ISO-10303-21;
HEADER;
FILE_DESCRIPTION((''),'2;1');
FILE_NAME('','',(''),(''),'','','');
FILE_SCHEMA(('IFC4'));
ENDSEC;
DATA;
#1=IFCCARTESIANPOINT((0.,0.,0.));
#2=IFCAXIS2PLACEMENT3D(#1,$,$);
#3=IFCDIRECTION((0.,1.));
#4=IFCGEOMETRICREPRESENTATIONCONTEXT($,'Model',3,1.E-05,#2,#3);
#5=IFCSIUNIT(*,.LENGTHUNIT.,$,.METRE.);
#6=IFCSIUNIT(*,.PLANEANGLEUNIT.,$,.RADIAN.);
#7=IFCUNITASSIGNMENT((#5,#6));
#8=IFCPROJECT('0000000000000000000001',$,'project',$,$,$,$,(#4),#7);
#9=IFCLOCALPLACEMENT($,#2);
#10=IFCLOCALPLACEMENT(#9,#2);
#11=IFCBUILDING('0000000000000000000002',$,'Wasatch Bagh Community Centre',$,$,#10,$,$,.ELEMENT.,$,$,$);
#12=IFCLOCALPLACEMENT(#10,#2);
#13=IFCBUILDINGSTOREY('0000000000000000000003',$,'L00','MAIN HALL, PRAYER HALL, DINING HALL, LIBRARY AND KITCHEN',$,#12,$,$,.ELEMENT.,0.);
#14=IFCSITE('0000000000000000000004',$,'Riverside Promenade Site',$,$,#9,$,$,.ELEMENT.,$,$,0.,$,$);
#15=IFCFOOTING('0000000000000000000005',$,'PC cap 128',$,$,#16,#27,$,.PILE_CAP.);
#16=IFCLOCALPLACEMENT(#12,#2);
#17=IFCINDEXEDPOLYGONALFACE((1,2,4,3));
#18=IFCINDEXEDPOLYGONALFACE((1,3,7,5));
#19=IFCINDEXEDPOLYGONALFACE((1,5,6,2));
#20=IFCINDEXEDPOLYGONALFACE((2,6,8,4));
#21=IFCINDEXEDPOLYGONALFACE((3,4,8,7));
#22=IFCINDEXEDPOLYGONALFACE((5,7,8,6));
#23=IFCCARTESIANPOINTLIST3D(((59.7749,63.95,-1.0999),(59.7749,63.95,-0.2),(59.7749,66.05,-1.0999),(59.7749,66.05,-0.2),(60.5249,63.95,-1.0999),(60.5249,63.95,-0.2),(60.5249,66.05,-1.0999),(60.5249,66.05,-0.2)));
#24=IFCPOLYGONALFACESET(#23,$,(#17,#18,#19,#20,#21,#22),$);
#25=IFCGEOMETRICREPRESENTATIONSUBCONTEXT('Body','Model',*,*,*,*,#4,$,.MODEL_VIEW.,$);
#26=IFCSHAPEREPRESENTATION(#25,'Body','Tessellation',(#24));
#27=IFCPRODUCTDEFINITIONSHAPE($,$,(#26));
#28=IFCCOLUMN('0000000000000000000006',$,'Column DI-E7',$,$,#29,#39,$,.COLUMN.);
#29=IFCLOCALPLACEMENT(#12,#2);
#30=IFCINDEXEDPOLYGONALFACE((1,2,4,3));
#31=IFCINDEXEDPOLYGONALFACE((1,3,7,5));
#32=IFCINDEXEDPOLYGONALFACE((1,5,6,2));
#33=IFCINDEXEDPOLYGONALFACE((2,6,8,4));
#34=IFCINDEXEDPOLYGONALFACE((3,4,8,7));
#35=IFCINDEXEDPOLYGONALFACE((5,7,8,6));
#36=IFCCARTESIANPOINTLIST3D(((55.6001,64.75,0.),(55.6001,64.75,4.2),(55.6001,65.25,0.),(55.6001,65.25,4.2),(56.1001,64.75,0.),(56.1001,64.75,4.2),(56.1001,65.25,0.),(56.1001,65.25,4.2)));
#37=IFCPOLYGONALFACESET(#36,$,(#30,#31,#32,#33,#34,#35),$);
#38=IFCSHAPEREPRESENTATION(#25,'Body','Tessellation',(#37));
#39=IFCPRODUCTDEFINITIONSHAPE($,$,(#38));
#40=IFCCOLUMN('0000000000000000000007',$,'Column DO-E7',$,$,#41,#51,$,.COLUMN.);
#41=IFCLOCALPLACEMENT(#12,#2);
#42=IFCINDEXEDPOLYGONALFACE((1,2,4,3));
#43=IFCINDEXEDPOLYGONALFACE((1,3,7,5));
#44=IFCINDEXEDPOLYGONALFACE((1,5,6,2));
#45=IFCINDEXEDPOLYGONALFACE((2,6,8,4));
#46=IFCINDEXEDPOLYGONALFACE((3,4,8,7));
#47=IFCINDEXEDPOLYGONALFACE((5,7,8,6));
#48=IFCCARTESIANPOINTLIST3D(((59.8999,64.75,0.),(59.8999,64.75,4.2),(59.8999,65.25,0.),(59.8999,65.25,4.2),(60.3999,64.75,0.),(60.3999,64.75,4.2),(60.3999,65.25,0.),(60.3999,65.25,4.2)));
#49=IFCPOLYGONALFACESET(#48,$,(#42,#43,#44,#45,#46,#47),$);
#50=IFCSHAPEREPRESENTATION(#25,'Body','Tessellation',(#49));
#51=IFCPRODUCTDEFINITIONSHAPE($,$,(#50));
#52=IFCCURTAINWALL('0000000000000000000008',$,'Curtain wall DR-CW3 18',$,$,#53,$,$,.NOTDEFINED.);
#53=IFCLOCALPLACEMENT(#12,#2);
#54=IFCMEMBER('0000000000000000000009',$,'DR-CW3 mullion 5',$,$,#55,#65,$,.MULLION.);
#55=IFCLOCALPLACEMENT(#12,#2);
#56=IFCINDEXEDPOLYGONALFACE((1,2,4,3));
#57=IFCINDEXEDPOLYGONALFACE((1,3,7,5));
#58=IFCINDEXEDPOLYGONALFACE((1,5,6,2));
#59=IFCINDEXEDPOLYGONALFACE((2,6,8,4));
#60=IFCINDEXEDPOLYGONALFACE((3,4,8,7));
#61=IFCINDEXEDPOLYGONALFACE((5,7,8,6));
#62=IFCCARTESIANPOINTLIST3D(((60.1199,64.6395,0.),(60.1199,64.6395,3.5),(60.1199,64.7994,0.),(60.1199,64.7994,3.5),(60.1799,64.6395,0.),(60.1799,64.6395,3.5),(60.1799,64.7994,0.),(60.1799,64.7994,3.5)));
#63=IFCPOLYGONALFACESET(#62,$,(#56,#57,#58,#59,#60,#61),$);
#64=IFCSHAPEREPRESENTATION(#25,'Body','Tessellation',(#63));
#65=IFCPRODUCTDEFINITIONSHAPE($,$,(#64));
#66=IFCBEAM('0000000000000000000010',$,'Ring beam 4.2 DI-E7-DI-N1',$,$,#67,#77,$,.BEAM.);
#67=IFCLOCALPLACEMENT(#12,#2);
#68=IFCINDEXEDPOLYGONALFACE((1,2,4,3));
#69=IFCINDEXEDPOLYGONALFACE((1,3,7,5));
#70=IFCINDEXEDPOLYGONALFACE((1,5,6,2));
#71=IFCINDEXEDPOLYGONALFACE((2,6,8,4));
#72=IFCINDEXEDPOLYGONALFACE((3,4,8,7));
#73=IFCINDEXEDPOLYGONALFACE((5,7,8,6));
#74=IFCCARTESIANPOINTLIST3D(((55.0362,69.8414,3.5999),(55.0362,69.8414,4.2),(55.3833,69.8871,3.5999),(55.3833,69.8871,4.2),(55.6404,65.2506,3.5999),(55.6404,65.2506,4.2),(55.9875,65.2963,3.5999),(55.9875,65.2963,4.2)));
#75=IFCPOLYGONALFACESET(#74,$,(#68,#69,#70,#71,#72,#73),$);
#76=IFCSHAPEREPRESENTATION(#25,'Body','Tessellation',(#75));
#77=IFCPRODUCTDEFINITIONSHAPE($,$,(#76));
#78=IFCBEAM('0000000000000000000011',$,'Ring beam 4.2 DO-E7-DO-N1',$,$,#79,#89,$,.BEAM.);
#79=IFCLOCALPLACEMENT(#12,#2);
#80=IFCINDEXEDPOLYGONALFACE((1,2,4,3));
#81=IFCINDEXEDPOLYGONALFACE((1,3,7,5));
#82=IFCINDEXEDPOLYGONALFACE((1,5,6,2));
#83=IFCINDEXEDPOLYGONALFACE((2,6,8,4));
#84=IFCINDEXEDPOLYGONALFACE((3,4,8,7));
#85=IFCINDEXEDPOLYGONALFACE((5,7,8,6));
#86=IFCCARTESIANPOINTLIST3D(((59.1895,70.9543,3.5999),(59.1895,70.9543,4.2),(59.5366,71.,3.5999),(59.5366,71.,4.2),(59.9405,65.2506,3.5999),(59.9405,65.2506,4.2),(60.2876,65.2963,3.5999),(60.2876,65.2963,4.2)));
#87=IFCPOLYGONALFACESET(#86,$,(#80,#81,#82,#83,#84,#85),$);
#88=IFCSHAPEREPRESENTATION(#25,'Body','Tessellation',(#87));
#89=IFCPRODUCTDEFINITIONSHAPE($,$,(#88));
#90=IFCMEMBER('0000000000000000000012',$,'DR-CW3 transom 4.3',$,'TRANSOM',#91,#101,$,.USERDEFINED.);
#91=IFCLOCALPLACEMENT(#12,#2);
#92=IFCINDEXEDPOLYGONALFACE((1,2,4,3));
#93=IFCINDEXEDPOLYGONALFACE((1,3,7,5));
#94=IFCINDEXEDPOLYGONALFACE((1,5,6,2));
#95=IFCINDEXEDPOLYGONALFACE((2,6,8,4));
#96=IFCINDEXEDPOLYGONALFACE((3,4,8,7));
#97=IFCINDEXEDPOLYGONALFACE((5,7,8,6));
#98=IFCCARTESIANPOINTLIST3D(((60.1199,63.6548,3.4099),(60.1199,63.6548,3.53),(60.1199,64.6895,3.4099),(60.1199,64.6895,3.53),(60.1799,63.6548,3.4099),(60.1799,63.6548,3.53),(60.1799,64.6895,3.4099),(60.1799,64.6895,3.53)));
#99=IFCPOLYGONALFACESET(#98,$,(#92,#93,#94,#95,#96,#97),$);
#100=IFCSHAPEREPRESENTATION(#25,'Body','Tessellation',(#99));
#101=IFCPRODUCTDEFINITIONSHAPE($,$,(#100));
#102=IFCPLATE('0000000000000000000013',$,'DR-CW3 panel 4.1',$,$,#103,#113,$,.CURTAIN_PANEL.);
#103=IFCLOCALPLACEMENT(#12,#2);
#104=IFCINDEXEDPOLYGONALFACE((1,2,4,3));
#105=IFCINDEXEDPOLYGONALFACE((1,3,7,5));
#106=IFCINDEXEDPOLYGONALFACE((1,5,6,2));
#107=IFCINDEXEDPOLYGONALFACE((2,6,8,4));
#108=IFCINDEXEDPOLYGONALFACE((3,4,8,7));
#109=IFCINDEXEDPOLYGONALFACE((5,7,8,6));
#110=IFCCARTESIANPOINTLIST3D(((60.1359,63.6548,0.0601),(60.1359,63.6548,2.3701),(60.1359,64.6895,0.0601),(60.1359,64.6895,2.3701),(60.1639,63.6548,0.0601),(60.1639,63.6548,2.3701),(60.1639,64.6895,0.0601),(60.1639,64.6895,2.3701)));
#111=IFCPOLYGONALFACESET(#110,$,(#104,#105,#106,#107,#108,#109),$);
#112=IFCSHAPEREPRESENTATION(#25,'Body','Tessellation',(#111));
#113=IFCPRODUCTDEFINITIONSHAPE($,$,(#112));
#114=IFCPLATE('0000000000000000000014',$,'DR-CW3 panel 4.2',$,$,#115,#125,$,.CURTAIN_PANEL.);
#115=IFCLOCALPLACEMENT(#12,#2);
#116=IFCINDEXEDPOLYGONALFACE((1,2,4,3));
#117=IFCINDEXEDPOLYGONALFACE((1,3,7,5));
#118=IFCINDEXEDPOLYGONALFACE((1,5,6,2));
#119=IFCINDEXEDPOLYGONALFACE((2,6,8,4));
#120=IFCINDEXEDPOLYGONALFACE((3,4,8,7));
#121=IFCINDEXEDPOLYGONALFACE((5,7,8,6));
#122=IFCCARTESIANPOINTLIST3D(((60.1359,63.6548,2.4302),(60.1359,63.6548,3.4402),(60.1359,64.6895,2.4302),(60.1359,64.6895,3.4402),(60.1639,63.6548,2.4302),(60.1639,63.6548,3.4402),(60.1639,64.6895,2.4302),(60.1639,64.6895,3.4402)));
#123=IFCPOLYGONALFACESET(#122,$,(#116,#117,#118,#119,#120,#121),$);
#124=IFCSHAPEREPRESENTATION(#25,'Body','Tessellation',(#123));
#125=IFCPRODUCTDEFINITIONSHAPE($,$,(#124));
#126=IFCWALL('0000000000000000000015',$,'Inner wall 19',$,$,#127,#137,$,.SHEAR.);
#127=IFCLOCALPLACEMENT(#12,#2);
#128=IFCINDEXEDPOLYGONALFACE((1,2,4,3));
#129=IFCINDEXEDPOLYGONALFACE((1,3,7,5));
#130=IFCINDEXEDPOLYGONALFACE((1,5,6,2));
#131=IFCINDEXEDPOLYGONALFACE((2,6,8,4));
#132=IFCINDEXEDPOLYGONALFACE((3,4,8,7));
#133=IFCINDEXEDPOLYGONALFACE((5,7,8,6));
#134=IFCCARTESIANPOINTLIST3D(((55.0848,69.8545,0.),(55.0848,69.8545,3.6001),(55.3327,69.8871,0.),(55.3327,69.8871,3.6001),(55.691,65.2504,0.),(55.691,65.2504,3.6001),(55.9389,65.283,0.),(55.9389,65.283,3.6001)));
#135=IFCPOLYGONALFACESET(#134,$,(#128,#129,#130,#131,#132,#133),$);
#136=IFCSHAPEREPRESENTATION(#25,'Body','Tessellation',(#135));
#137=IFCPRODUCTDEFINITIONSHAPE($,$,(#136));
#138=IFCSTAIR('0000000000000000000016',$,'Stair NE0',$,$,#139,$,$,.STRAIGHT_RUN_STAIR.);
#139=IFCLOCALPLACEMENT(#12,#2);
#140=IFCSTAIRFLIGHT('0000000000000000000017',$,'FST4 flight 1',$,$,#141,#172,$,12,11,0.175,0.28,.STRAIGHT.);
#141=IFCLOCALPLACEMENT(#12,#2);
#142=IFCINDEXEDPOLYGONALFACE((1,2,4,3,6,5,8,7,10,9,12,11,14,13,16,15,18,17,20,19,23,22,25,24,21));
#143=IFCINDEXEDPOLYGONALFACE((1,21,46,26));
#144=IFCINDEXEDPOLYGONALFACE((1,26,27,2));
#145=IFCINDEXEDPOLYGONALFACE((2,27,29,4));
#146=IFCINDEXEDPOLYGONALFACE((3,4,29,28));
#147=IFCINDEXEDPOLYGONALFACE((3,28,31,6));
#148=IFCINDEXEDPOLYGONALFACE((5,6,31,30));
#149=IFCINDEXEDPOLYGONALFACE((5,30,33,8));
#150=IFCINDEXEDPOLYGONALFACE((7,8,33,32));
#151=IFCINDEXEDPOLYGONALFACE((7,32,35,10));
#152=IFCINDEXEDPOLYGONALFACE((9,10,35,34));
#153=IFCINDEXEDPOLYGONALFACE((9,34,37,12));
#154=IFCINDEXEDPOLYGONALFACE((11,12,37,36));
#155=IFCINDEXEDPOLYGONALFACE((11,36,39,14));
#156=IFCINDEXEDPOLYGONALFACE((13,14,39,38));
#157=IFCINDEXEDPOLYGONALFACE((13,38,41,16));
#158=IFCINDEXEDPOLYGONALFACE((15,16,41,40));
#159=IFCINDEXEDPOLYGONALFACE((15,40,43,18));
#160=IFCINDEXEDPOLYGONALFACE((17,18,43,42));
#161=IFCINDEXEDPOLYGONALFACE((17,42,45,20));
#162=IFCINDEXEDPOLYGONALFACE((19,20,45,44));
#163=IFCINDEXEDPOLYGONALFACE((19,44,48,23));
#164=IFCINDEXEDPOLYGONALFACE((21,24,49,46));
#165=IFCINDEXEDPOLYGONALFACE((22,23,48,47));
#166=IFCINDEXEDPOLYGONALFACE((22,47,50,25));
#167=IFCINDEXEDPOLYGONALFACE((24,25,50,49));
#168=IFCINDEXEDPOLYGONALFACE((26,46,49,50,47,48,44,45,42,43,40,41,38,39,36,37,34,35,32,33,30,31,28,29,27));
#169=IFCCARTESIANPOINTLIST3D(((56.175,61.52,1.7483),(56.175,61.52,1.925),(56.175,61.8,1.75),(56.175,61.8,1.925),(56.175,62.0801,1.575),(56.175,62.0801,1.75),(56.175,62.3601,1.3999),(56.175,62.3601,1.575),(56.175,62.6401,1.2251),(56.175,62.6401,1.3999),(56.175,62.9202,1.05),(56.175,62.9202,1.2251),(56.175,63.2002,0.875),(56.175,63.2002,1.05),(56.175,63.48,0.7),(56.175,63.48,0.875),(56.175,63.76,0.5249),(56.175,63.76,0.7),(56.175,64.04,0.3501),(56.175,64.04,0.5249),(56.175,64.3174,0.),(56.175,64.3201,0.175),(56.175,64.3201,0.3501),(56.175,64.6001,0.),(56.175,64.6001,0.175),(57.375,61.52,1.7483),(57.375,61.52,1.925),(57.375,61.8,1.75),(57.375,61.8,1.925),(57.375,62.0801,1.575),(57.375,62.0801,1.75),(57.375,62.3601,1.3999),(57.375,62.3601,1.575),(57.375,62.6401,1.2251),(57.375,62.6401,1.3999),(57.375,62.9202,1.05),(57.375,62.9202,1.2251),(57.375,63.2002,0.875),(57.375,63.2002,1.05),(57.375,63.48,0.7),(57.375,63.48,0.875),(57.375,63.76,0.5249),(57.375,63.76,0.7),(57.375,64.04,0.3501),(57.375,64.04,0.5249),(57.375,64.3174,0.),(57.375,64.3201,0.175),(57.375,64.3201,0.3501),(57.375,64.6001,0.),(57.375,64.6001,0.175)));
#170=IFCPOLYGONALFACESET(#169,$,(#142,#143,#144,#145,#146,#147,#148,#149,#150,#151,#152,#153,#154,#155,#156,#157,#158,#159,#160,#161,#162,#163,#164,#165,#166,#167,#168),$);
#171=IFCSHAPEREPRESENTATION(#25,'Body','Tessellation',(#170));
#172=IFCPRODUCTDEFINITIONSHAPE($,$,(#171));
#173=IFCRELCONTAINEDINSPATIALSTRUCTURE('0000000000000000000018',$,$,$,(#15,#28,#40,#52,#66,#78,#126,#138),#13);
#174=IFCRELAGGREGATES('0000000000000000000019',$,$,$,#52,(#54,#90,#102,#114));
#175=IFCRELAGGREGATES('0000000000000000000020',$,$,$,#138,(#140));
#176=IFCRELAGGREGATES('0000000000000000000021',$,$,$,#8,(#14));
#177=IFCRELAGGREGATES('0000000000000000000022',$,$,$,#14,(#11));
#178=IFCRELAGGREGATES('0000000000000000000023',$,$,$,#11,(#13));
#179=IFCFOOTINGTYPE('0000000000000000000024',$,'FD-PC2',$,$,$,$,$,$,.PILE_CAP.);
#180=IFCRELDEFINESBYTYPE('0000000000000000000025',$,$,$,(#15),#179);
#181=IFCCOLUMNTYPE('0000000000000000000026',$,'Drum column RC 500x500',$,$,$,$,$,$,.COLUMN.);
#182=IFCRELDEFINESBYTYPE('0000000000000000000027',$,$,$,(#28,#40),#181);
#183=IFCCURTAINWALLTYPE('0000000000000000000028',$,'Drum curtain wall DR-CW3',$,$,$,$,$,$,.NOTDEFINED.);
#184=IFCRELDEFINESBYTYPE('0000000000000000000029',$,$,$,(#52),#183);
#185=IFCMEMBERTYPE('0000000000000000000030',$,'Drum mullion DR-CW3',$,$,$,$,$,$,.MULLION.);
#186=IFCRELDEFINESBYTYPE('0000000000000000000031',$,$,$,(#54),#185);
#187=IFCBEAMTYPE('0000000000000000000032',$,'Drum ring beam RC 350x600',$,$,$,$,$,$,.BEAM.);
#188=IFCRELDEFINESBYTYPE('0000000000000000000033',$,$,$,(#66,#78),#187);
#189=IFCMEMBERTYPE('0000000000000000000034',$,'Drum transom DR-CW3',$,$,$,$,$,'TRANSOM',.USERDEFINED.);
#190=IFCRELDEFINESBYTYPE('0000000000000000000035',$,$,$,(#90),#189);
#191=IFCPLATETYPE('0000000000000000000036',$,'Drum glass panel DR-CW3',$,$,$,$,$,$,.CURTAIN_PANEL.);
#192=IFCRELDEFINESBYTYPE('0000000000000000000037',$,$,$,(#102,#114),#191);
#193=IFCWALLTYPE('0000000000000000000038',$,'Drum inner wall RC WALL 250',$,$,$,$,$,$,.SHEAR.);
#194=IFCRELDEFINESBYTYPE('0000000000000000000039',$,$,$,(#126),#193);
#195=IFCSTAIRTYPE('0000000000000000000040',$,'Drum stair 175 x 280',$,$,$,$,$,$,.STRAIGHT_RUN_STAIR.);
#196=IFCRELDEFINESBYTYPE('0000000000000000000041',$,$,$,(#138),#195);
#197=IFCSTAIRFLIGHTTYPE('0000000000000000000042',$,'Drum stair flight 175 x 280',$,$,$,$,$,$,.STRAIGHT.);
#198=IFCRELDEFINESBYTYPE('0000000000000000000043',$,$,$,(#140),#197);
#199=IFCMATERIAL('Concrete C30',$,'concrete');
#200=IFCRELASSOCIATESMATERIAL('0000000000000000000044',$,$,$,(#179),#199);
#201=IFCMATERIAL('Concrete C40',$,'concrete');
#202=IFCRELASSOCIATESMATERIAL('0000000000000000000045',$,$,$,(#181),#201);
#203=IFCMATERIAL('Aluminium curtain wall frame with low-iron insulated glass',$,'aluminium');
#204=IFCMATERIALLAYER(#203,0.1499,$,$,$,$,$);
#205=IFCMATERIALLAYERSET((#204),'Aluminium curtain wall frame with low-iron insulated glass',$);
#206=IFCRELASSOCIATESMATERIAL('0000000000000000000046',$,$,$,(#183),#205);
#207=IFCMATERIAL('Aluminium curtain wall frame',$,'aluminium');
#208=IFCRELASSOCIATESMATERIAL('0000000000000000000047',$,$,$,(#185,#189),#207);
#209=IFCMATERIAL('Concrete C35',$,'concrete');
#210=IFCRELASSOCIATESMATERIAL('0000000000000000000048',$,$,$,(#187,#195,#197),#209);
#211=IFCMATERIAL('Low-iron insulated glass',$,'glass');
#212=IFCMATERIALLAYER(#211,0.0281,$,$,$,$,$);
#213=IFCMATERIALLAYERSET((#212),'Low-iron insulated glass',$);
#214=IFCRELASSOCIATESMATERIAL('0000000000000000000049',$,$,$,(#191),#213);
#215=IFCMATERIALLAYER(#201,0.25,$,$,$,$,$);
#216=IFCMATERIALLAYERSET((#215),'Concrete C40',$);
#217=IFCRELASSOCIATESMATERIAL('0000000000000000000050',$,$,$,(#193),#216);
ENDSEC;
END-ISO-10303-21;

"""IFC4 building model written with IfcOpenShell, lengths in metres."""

from ifc_helpers import new_model, si_unit, direction, frame, frame_2d, origin, origin_2d, place, context, subcontext, project, spatial, polyline, rectangle, outline, extrude, material, layer, layer_set, material_profile, profile_set, type_object, element, aggregate, save


model = new_model("IFC4")

# Units and contexts
model_context = context("Model", 3, precision=1e-05, world=origin(), true_north=direction((0.0, 1.0)))
body_context = subcontext(model_context, "Body", "Model", "MODEL_VIEW")
ifc_project = project(units=[si_unit("LENGTHUNIT", "METRE"), si_unit("PLANEANGLEUNIT", "RADIAN")], contexts=[model_context])

# Site, building, storey
site_placement = place(None, origin())
site = spatial("IfcSite", under=ifc_project, at=site_placement, Name="Riverside Promenade Site", CompositionType="ELEMENT", RefElevation=0.0)
building_placement = place(site_placement, origin())
building = spatial("IfcBuilding", under=site, at=building_placement, Name="Wasatch Bagh Community Centre", CompositionType="ELEMENT")
storey_placement = place(building_placement, origin())
storey = spatial("IfcBuildingStorey", under=building, at=storey_placement, Name="L00", Description="MAIN HALL, PRAYER HALL, DINING HALL, LIBRARY AND KITCHEN", CompositionType="ELEMENT", Elevation=0.0)

# Shared definitions
ifc_material_1 = material(Name="Concrete C35", Category="concrete")

# Shared definitions
ifc_material_2 = material(Name="Concrete C30", Category="concrete")

# Footing
footing_type_1 = type_object("IfcFootingType", Name="FD-PC2", PredefinedType="PILE_CAP", material=ifc_material_2)
for number, where, z_axis, x_axis, name in (
    (1, (60.1499, 65.0, -1.0999), (0.0, 0.0, 1.0), (0.0, 1.0, 0.0), "PC cap 128"),
):
    element("IfcFooting", number, at=place(storey_placement, frame(where, z_axis=z_axis, x_axis=x_axis)), inside=storey, type_object=footing_type_1, Name=name, PredefinedType="PILE_CAP", context=body_context, shape_type="SweptSolid", body=[
        extrude(rectangle(XDim=2.1001, YDim=0.75, at=origin_2d()), origin(), (0.0, 0.0, 1.0), 0.8999),
    ])

# Columns
ifc_material_3 = material(Name="Concrete C40", Category="concrete")
ifc_material_profile_1 = material_profile(ifc_material_3, rectangle(XDim=0.5, YDim=0.5, at=origin_2d()), Name="RC 500x500")
ifc_profile_set_1 = profile_set([ifc_material_profile_1], Name="Concrete C40")
column_type = type_object("IfcColumnType", Name="Drum column RC 500x500", PredefinedType="COLUMN", material=ifc_profile_set_1)
for number, where, z_axis, x_axis, name in (
    (2, (55.8501, 65.0, 0.0), (0.0, 0.0, 1.0), (1.0, 0.0, 0.0), "Column DI-E7"),
    (3, (60.1499, 65.0, 0.0), (0.0, 0.0, 1.0), (1.0, 0.0, 0.0), "Column DO-E7"),
):
    element("IfcColumn", number, at=place(storey_placement, frame(where, z_axis=z_axis, x_axis=x_axis)), inside=storey, type_object=column_type, Name=name, PredefinedType="COLUMN", context=body_context, shape_type="SweptSolid", body=[
        extrude(rectangle(XDim=0.5, YDim=0.5, at=origin_2d()), origin(), (0.0, 0.0, 1.0), 4.2),
    ])

# Curtain wall, member
ifc_material_4 = material(Name="Aluminium curtain wall frame with low-iron insulated glass", Category="aluminium")
ifc_layer_1 = layer(ifc_material_4, 0.1499)
ifc_layer_set_1 = layer_set([ifc_layer_1], Name="Aluminium curtain wall frame with low-iron insulated glass")
curtain_wall_type = type_object("IfcCurtainWallType", Name="Drum curtain wall DR-CW3", PredefinedType="NOTDEFINED", material=ifc_layer_set_1)
curtain_wall_placement = place(storey_placement, origin())
curtain_wall = element("IfcCurtainWall", 4, at=curtain_wall_placement, inside=storey, type_object=curtain_wall_type, Name="Curtain wall DR-CW3 18", PredefinedType="NOTDEFINED")
ifc_material_5 = material(Name="Aluminium curtain wall frame", Category="aluminium")
ifc_material_profile_2 = material_profile(ifc_material_5, rectangle(XDim=0.0601, YDim=0.1599, at=origin_2d()), Name="Drum mullion DR-CW3")
ifc_profile_set_2 = profile_set([ifc_material_profile_2], Name="Aluminium curtain wall frame")
member_type_1 = type_object("IfcMemberType", Name="Drum mullion DR-CW3", PredefinedType="MULLION", material=ifc_profile_set_2)
member_1_placement = place(storey_placement, frame((60.1499, 64.7195, 0.0), z_axis=(0.0, 0.0, 1.0), x_axis=(-1.0, 0.0, 0.0)))
member_1 = element("IfcMember", 5, at=member_1_placement, type_object=member_type_1, Name="DR-CW3 mullion 5", PredefinedType="MULLION", context=body_context, shape_type="SweptSolid", body=[
    extrude(rectangle(XDim=0.0601, YDim=0.1599, at=origin_2d()), origin(), (0.0, 0.0, 1.0), 3.5),
])

# Beams
ifc_material_profile_3 = material_profile(ifc_material_1, rectangle(XDim=0.3501, YDim=0.6001, at=origin_2d()), Name="RC 350x600")
ifc_profile_set_3 = profile_set([ifc_material_profile_3], Name="Concrete C35")
beam_type = type_object("IfcBeamType", Name="Drum ring beam RC 350x600", PredefinedType="BEAM", material=ifc_profile_set_3)
beam_1_placement = place(storey_placement, frame((55.814, 65.2734, 3.8999), z_axis=(-0.130495, 0.991449, 0.0), x_axis=(-0.991449, -0.130495, 0.0)))
element("IfcBeam", 6, at=beam_1_placement, inside=storey, type_object=beam_type, Name="Ring beam 4.2 DI-E7-DI-N1", PredefinedType="BEAM", context=body_context, shape_type="SweptSolid", body=[
    extrude(rectangle(XDim=0.3501, YDim=0.6001, at=origin_2d()), origin(), (0.0, 0.0, 1.0), 4.6304),
])
beam_2_placement = place(storey_placement, frame((60.114, 65.2734, 3.8999), z_axis=(-0.13054, 0.991443, 0.0), x_axis=(-0.991443, -0.13054, 0.0)))
element("IfcBeam", 7, at=beam_2_placement, inside=storey, type_object=beam_type, Name="Ring beam 4.2 DO-E7-DO-N1", PredefinedType="BEAM", context=body_context, shape_type="SweptSolid", body=[
    extrude(rectangle(XDim=0.3501, YDim=0.6001, at=origin_2d()), origin(), (0.0, 0.0, 1.0), 5.7529),
])

# Member
ifc_material_profile_4 = material_profile(ifc_material_5, rectangle(XDim=0.0601, YDim=0.1201, at=origin_2d()), Name="Drum transom DR-CW3")
ifc_profile_set_4 = profile_set([ifc_material_profile_4], Name="Aluminium curtain wall frame")
member_type_2 = type_object("IfcMemberType", Name="Drum transom DR-CW3", ElementType="TRANSOM", PredefinedType="USERDEFINED", material=ifc_profile_set_4)
member_2_placement = place(storey_placement, frame((60.1499, 63.6548, 3.47), z_axis=(0.0, 1.0, 0.0), x_axis=(-1.0, 0.0, 0.0)))
member_2 = element("IfcMember", 8, at=member_2_placement, type_object=member_type_2, Name="DR-CW3 transom 4.3", ObjectType="TRANSOM", PredefinedType="USERDEFINED", context=body_context, shape_type="SweptSolid", body=[
    extrude(rectangle(XDim=0.0601, YDim=0.1201, at=origin_2d()), origin(), (0.0, 0.0, 1.0), 1.0347),
])

# Plates
ifc_material_6 = material(Name="Low-iron insulated glass", Category="glass")
ifc_layer_2 = layer(ifc_material_6, 0.0281)
ifc_layer_set_2 = layer_set([ifc_layer_2], Name="Low-iron insulated glass")
plate_type = type_object("IfcPlateType", Name="Drum glass panel DR-CW3", PredefinedType="CURTAIN_PANEL", material=ifc_layer_set_2)
plate_1_placement = place(storey_placement, frame((60.1499, 64.1721, 0.0601), z_axis=(0.0, 0.0, 1.0), x_axis=(0.0, 1.0, 0.0)))
plate_1 = element("IfcPlate", 9, at=plate_1_placement, type_object=plate_type, Name="DR-CW3 panel 4.1", PredefinedType="CURTAIN_PANEL", context=body_context, shape_type="SweptSolid", body=[
    extrude(rectangle(XDim=1.0347, YDim=0.0281, at=origin_2d()), origin(), (0.0, 0.0, 1.0), 2.3101),
])
plate_2_placement = place(storey_placement, frame((60.1499, 64.1721, 2.4302), z_axis=(0.0, 0.0, 1.0), x_axis=(0.0, 1.0, 0.0)))
plate_2 = element("IfcPlate", 10, at=plate_2_placement, type_object=plate_type, Name="DR-CW3 panel 4.2", PredefinedType="CURTAIN_PANEL", context=body_context, shape_type="SweptSolid", body=[
    extrude(rectangle(XDim=1.0347, YDim=0.0281, at=origin_2d()), origin(), (0.0, 0.0, 1.0), 1.01),
])
aggregate(curtain_wall, [member_1, member_2, plate_1, plate_2])

# Wall
ifc_layer_3 = layer(ifc_material_3, 0.25)
ifc_layer_set_3 = layer_set([ifc_layer_3], Name="Concrete C40")
wall_type_1 = type_object("IfcWallType", Name="Drum inner wall RC WALL 250", PredefinedType="SHEAR", material=ifc_layer_set_3)
wall_1_placement = place(storey_placement, frame((55.8149, 65.2668, 0.0), z_axis=(0.0, 0.0, 1.0), x_axis=(-0.130542, 0.991443, 0.0)))
element("IfcWall", 11, at=wall_1_placement, inside=storey, type_object=wall_type_1, Name="Inner wall 19", PredefinedType="SHEAR", context=body_context, shape_type="SweptSolid", body=[
    extrude(rectangle(XDim=4.6438, YDim=0.25, at=frame_2d((2.3218, 0.0))), origin(), (0.0, 0.0, 1.0), 3.6001),
])

# Stair, stair flight
stair_type = type_object("IfcStairType", Name="Drum stair 175 x 280", PredefinedType="STRAIGHT_RUN_STAIR", material=ifc_material_1)
stair_placement = place(storey_placement, origin())
stair = element("IfcStair", 12, at=stair_placement, inside=storey, type_object=stair_type, Name="Stair NE0", PredefinedType="STRAIGHT_RUN_STAIR")
stair_flight_type = type_object("IfcStairFlightType", Name="Drum stair flight 175 x 280", PredefinedType="STRAIGHT", material=ifc_material_1)
stair_flight_placement = place(storey_placement, frame((56.7749, 64.6001, 0.0), z_axis=(0.0, 0.0, 1.0), x_axis=(0.0, -1.0, 0.0)))
stair_flight = element("IfcStairFlight", 13, at=stair_flight_placement, type_object=stair_flight_type, Name="FST4 flight 1", NumberOfRisers=12, NumberOfTreads=11, PredefinedType="STRAIGHT", RiserHeight=0.175, TreadLength=0.28, context=body_context, shape_type="SweptSolid", body=[
    extrude(outline(polyline([(0.0, 0.0), (0.0, 0.175), (0.28, 0.175), (0.28, 0.3501), (0.5601, 0.3501), (0.5601, 0.5249), (0.8401, 0.5249), (0.8401, 0.7), (1.1201, 0.7), (1.1201, 0.875), (1.3999, 0.875), (1.3999, 1.05), (1.6799, 1.05), (1.6799, 1.2251), (1.96, 1.2251), (1.96, 1.3999), (2.24, 1.3999), (2.24, 1.575), (2.52, 1.575), (2.52, 1.75), (2.8, 1.75), (2.8, 1.925), (3.0801, 1.925), (3.0801, 2.1001), (3.0801, 1.7483), (0.2827, 0.0), (0.0, 0.0)])), frame((0.0, 0.6001, 0.0), z_axis=(0.0, -1.0, 0.0), x_axis=(1.0, 0.0, 0.0)), (0.0, 0.0, 1.0), 1.2),
])
aggregate(stair, [stair_flight])

save(model, "model.ifc")
